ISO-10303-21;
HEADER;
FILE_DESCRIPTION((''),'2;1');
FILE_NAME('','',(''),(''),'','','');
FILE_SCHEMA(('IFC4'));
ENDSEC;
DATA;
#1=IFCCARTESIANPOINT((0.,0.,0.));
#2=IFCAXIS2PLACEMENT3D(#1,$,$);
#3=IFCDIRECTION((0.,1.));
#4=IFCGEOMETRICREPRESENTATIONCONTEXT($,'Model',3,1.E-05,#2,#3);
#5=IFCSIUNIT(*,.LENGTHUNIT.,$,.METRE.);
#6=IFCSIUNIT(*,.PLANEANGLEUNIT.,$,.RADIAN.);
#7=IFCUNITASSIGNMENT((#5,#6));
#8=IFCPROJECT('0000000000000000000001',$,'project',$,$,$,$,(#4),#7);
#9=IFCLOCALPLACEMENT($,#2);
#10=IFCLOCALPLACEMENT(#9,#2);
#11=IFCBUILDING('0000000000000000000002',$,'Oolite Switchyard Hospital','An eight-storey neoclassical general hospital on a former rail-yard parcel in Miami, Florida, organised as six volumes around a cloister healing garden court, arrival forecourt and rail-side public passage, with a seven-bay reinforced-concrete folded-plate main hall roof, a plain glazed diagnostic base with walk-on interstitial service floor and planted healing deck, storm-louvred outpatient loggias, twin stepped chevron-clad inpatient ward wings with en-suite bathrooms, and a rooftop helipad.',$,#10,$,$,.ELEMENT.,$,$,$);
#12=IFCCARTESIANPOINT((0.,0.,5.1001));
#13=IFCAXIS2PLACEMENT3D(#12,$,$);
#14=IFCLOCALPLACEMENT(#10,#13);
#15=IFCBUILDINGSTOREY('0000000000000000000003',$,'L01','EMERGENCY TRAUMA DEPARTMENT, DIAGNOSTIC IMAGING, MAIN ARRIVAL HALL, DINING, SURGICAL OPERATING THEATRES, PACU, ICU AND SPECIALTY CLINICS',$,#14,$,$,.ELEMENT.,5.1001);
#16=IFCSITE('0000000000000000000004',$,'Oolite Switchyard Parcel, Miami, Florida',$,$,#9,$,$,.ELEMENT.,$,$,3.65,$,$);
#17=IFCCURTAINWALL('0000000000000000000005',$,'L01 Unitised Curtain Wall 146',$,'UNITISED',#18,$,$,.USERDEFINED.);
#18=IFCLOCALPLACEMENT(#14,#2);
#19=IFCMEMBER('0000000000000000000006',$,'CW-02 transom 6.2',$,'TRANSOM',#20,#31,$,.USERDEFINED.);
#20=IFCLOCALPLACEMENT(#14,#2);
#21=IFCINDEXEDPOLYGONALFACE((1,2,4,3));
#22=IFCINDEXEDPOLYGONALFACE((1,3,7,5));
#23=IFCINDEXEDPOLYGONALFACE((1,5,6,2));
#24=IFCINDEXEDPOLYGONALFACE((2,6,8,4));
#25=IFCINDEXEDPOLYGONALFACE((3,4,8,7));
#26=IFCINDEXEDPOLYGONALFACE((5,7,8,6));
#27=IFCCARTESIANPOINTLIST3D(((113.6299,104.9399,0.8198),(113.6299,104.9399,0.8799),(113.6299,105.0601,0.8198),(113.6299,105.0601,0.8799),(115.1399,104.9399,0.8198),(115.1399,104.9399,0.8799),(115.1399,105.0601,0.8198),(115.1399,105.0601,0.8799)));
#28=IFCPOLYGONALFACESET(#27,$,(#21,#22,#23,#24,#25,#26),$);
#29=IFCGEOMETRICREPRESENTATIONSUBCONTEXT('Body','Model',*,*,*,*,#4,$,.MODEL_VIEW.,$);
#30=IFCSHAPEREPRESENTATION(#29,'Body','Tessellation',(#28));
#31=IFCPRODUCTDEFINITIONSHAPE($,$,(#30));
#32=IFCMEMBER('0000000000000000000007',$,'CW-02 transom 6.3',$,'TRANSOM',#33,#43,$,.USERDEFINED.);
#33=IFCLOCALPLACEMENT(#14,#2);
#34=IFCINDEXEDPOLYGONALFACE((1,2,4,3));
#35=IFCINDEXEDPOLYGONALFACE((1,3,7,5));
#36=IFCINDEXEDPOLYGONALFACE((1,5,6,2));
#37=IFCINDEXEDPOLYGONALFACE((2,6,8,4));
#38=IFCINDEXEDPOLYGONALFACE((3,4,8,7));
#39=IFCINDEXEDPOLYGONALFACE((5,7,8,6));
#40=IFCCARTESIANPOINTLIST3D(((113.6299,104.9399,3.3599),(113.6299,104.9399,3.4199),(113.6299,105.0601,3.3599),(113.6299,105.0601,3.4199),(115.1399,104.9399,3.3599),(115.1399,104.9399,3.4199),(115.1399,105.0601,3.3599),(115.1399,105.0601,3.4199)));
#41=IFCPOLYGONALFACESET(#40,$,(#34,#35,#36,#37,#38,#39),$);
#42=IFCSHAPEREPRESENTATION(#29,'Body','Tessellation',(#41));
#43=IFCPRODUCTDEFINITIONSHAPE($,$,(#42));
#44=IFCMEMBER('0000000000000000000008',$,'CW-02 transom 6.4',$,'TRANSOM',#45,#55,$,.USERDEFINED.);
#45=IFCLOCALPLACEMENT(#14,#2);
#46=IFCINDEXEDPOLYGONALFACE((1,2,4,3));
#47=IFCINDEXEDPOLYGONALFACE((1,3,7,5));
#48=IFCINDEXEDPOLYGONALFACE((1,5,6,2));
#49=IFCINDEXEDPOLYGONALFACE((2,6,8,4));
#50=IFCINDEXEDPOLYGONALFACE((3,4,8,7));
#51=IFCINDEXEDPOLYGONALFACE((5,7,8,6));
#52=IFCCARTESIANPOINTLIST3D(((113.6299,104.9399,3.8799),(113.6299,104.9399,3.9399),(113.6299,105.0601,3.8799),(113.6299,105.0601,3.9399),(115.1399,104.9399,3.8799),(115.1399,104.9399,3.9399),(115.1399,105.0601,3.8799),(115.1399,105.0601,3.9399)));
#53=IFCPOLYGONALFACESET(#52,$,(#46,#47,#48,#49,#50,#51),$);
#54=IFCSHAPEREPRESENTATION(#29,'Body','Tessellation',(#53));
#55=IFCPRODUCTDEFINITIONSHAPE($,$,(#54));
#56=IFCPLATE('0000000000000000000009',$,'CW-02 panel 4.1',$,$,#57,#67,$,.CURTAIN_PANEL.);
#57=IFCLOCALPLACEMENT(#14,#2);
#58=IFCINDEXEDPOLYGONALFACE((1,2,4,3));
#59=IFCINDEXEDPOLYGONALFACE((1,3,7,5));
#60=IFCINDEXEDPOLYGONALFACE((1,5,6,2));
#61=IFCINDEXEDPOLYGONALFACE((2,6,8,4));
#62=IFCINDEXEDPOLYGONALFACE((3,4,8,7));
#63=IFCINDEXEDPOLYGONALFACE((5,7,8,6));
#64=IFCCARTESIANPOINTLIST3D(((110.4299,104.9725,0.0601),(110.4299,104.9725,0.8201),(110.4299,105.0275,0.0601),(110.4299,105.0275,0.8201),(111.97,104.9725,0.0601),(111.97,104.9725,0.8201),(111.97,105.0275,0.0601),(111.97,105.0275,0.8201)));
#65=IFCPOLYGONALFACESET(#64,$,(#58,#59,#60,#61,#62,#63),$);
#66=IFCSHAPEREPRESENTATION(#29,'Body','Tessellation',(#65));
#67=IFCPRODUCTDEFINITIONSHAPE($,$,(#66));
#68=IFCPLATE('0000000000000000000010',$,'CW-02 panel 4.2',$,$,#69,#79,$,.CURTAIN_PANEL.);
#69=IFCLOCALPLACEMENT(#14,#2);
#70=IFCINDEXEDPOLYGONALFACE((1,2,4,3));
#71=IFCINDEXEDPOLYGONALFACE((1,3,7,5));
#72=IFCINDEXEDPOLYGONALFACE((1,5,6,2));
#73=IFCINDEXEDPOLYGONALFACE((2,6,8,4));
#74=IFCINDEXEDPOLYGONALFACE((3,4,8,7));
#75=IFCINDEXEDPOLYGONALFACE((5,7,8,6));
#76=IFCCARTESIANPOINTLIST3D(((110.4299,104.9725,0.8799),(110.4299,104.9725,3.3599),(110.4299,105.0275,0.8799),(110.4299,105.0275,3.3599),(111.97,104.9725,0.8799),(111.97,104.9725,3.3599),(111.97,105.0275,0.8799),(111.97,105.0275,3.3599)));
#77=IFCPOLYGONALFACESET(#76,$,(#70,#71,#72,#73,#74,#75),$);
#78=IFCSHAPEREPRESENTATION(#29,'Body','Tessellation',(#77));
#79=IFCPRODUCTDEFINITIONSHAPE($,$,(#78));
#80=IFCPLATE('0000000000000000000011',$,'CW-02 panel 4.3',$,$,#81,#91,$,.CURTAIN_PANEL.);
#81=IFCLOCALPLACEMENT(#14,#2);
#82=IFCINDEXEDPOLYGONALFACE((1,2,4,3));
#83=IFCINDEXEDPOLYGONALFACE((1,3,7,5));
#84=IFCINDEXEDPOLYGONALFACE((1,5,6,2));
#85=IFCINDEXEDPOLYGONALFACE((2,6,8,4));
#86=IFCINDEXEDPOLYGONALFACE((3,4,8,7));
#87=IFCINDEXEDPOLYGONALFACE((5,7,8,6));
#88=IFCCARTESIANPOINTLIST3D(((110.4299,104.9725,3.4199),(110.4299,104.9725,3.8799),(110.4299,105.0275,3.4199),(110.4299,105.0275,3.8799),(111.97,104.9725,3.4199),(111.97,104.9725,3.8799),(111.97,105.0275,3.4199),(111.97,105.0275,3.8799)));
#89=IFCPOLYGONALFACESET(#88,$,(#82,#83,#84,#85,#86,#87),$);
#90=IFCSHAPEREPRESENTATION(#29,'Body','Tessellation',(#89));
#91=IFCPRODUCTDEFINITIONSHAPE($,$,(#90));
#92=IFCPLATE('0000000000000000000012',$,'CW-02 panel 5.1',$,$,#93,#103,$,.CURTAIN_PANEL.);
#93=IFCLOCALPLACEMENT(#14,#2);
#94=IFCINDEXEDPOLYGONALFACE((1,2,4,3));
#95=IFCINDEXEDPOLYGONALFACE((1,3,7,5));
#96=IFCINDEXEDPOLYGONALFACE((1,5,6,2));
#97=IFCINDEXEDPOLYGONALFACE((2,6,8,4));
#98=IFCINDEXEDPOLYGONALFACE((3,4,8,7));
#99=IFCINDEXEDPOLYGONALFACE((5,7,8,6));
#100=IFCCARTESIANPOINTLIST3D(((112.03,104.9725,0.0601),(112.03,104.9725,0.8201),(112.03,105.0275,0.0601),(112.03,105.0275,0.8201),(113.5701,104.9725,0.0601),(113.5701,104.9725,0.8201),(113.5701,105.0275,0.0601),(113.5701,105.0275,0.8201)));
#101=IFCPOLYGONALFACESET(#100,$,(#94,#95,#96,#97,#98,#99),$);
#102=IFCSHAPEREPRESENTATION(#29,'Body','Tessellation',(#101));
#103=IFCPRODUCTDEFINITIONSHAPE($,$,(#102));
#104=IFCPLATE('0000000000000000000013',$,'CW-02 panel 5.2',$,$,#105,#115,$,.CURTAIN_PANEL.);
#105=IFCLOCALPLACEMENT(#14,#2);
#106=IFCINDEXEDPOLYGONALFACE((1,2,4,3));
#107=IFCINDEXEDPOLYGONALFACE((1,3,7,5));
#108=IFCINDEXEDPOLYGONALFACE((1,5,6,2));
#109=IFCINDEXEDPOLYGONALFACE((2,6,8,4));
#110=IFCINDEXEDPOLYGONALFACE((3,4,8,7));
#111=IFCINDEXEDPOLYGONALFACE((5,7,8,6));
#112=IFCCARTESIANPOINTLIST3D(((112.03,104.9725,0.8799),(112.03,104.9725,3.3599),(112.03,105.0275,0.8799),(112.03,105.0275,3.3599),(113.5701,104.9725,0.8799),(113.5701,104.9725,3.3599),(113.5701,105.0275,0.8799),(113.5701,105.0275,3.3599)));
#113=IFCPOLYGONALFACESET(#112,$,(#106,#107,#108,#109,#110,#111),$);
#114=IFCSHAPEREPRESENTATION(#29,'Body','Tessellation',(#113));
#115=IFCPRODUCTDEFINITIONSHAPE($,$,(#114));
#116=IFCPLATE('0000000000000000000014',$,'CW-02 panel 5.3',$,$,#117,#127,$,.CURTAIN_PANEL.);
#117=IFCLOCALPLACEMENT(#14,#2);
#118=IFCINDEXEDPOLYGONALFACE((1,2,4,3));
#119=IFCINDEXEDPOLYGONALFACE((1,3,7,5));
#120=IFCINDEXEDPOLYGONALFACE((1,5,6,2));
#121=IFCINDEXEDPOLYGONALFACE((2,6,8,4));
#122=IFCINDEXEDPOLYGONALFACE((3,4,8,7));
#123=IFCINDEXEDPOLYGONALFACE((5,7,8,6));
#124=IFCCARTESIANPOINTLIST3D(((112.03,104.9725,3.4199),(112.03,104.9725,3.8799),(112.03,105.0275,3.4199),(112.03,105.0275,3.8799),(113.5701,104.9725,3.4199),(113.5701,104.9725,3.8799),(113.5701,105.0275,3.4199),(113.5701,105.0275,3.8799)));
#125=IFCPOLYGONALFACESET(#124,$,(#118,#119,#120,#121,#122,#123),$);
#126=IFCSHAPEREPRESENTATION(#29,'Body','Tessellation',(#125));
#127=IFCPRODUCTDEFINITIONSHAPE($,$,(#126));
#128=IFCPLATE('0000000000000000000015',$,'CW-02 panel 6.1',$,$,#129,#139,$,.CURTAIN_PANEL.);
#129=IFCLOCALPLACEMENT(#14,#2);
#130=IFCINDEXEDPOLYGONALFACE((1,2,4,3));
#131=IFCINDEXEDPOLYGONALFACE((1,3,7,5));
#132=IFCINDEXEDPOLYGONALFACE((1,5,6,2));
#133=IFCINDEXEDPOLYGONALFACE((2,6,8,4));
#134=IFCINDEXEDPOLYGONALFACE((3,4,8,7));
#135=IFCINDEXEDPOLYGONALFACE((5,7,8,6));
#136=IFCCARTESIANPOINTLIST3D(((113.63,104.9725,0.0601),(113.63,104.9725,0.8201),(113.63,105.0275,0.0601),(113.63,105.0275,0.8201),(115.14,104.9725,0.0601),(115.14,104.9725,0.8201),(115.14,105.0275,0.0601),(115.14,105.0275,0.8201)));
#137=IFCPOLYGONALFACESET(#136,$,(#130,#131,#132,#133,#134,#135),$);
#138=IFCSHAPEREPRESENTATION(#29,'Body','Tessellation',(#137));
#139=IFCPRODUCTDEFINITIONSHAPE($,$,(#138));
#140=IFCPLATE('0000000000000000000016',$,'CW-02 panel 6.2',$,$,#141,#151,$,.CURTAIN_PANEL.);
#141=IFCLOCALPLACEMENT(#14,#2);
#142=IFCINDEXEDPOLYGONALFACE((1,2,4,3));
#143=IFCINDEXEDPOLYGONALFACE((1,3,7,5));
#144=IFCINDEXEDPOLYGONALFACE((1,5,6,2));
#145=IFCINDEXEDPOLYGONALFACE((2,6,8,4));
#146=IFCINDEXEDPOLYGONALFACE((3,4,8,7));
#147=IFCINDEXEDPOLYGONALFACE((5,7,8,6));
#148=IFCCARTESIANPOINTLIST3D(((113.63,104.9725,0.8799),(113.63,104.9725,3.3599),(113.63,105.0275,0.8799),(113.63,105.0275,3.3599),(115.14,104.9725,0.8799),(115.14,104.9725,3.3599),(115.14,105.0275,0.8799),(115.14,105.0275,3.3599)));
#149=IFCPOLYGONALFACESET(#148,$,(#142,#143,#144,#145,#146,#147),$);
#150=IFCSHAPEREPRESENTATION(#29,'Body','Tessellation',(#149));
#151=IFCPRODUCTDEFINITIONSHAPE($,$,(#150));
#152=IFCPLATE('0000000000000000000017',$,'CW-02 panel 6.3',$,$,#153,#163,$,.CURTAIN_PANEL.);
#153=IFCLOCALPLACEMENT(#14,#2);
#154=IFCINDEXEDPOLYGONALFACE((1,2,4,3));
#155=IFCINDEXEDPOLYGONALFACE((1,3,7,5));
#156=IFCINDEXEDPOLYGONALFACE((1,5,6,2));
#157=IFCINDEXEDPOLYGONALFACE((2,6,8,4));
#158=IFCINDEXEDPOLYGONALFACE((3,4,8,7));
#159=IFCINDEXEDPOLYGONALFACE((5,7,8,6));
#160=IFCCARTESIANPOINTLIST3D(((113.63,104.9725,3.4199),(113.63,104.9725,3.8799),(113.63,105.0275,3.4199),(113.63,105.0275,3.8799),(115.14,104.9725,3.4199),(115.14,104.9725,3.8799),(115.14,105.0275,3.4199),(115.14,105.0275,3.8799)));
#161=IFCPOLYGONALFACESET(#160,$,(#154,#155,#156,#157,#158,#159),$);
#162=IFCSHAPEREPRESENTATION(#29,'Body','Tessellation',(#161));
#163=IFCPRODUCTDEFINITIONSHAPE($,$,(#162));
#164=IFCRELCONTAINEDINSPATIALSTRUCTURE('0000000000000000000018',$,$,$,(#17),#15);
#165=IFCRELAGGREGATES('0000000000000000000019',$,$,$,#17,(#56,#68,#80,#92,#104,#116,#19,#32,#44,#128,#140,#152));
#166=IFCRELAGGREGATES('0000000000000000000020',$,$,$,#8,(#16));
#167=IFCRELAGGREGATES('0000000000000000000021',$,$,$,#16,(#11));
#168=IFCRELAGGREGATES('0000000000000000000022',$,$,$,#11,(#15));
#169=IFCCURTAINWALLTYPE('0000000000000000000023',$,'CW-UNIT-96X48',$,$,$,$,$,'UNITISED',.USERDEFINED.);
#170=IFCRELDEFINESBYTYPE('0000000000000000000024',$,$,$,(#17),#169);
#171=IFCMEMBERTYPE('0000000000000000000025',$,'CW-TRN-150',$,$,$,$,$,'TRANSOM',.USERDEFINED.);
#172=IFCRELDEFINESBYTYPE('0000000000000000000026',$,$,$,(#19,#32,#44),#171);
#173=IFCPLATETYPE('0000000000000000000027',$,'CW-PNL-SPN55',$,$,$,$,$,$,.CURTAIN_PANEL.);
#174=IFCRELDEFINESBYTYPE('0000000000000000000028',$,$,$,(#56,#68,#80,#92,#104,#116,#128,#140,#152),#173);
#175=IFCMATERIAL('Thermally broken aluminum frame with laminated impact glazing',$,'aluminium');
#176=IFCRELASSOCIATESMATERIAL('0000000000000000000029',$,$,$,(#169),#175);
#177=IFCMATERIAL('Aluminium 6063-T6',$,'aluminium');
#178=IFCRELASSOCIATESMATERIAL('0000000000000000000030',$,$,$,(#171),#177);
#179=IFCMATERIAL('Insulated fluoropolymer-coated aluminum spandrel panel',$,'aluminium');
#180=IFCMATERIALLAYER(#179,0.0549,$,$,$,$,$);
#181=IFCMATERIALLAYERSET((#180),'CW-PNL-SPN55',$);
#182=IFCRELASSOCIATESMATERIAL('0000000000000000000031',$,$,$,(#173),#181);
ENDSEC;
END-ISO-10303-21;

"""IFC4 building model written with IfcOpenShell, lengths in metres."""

from ifc_helpers import new_model, si_unit, direction, frame, origin, origin_2d, place, context, subcontext, project, spatial, rectangle, extrude, material, layer, layer_set, material_profile, profile_set, type_object, element, aggregate, save


model = new_model("IFC4")

# Units and contexts
model_context = context("Model", 3, precision=1e-05, world=origin(), true_north=direction((0.0, 1.0)))
body_context = subcontext(model_context, "Body", "Model", "MODEL_VIEW")
ifc_project = project(units=[si_unit("LENGTHUNIT", "METRE"), si_unit("PLANEANGLEUNIT", "RADIAN")], contexts=[model_context])

# Site, building, storey
site_placement = place(None, origin())
site = spatial("IfcSite", under=ifc_project, at=site_placement, Name="Oolite Switchyard Parcel, Miami, Florida", CompositionType="ELEMENT", RefElevation=3.65)
building_placement = place(site_placement, origin())
building = spatial("IfcBuilding", under=site, at=building_placement, Name="Oolite Switchyard Hospital", Description="An eight-storey neoclassical general hospital on a former rail-yard parcel in Miami, Florida, organised as six volumes around a cloister healing garden court, arrival forecourt and rail-side public passage, with a seven-bay reinforced-concrete folded-plate main hall roof, a plain glazed diagnostic base with walk-on interstitial service floor and planted healing deck, storm-louvred outpatient loggias, twin stepped chevron-clad inpatient ward wings with en-suite bathrooms, and a rooftop helipad.", CompositionType="ELEMENT")
storey_placement = place(building_placement, frame((0.0, 0.0, 5.1001)))
storey = spatial("IfcBuildingStorey", under=building, at=storey_placement, Name="L01", Description="EMERGENCY TRAUMA DEPARTMENT, DIAGNOSTIC IMAGING, MAIN ARRIVAL HALL, DINING, SURGICAL OPERATING THEATRES, PACU, ICU AND SPECIALTY CLINICS", CompositionType="ELEMENT", Elevation=5.1001)

# Curtain wall
ifc_material_1 = material(Name="Thermally broken aluminum frame with laminated impact glazing", Category="aluminium")
curtain_wall_type_1 = type_object("IfcCurtainWallType", Name="CW-UNIT-96X48", ElementType="UNITISED", PredefinedType="USERDEFINED", material=ifc_material_1)
curtain_wall_1_placement = place(storey_placement, origin())
curtain_wall_1 = element("IfcCurtainWall", 1, at=curtain_wall_1_placement, inside=storey, type_object=curtain_wall_type_1, Name="L01 Unitised Curtain Wall 146", ObjectType="UNITISED", PredefinedType="USERDEFINED")
ifc_material_2 = material(Name="Aluminium 6063-T6", Category="aluminium")

# Members
ifc_material_profile_1 = material_profile(ifc_material_2, rectangle(XDim=0.1201, YDim=0.0601, at=origin_2d()), Name="CWT60X120")
ifc_profile_set_1 = profile_set([ifc_material_profile_1], Name="Aluminium 6063-T6")
member_type_1 = type_object("IfcMemberType", Name="CW-TRN-150", ElementType="TRANSOM", PredefinedType="USERDEFINED", material=ifc_profile_set_1)
member_1_placement = place(storey_placement, frame((113.6299, 105.0, 0.8499), z_axis=(1.0, 0.0, 0.0), x_axis=(0.0, 1.0, 0.0)))
member_1 = element("IfcMember", 2, at=member_1_placement, type_object=member_type_1, Name="CW-02 transom 6.2", ObjectType="TRANSOM", PredefinedType="USERDEFINED", context=body_context, shape_type="SweptSolid", body=[
    extrude(rectangle(XDim=0.1201, YDim=0.0601, at=origin_2d()), origin(), (0.0, 0.0, 1.0), 1.51),
])
member_2_placement = place(storey_placement, frame((113.6299, 105.0, 3.3899), z_axis=(1.0, 0.0, 0.0), x_axis=(0.0, 1.0, 0.0)))
member_2 = element("IfcMember", 3, at=member_2_placement, type_object=member_type_1, Name="CW-02 transom 6.3", ObjectType="TRANSOM", PredefinedType="USERDEFINED", context=body_context, shape_type="SweptSolid", body=[
    extrude(rectangle(XDim=0.1201, YDim=0.0601, at=origin_2d()), origin(), (0.0, 0.0, 1.0), 1.51),
])
member_3_placement = place(storey_placement, frame((113.6299, 105.0, 3.9099), z_axis=(1.0, 0.0, 0.0), x_axis=(0.0, 1.0, 0.0)))
member_3 = element("IfcMember", 4, at=member_3_placement, type_object=member_type_1, Name="CW-02 transom 6.4", ObjectType="TRANSOM", PredefinedType="USERDEFINED", context=body_context, shape_type="SweptSolid", body=[
    extrude(rectangle(XDim=0.1201, YDim=0.0601, at=origin_2d()), origin(), (0.0, 0.0, 1.0), 1.51),
])

# Plates
ifc_material_3 = material(Name="Insulated fluoropolymer-coated aluminum spandrel panel", Category="aluminium")
ifc_layer = layer(ifc_material_3, 0.0549)
ifc_layer_set = layer_set([ifc_layer], Name="CW-PNL-SPN55")
plate_type = type_object("IfcPlateType", Name="CW-PNL-SPN55", PredefinedType="CURTAIN_PANEL", material=ifc_layer_set)
plate_1_placement = place(storey_placement, frame((111.2, 105.0, 0.0601), z_axis=(0.0, 0.0, 1.0), x_axis=(1.0, 0.0, 0.0)))
plate_1 = element("IfcPlate", 5, at=plate_1_placement, type_object=plate_type, Name="CW-02 panel 4.1", PredefinedType="CURTAIN_PANEL", context=body_context, shape_type="SweptSolid", body=[
    extrude(rectangle(XDim=1.54, YDim=0.0549, at=origin_2d()), origin(), (0.0, 0.0, 1.0), 0.76),
])
plate_2_placement = place(storey_placement, frame((111.2, 105.0, 0.8799), z_axis=(0.0, 0.0, 1.0), x_axis=(1.0, 0.0, 0.0)))
plate_2 = element("IfcPlate", 6, at=plate_2_placement, type_object=plate_type, Name="CW-02 panel 4.2", PredefinedType="CURTAIN_PANEL", context=body_context, shape_type="SweptSolid", body=[
    extrude(rectangle(XDim=1.54, YDim=0.0549, at=origin_2d()), origin(), (0.0, 0.0, 1.0), 2.48),
])
plate_3_placement = place(storey_placement, frame((111.2, 105.0, 3.4199), z_axis=(0.0, 0.0, 1.0), x_axis=(1.0, 0.0, 0.0)))
plate_3 = element("IfcPlate", 7, at=plate_3_placement, type_object=plate_type, Name="CW-02 panel 4.3", PredefinedType="CURTAIN_PANEL", context=body_context, shape_type="SweptSolid", body=[
    extrude(rectangle(XDim=1.54, YDim=0.0549, at=origin_2d()), origin(), (0.0, 0.0, 1.0), 0.46),
])
plate_4_placement = place(storey_placement, frame((112.8, 105.0, 0.0601), z_axis=(0.0, 0.0, 1.0), x_axis=(1.0, 0.0, 0.0)))
plate_4 = element("IfcPlate", 8, at=plate_4_placement, type_object=plate_type, Name="CW-02 panel 5.1", PredefinedType="CURTAIN_PANEL", context=body_context, shape_type="SweptSolid", body=[
    extrude(rectangle(XDim=1.54, YDim=0.0549, at=origin_2d()), origin(), (0.0, 0.0, 1.0), 0.76),
])
plate_5_placement = place(storey_placement, frame((112.8, 105.0, 0.8799), z_axis=(0.0, 0.0, 1.0), x_axis=(1.0, 0.0, 0.0)))
plate_5 = element("IfcPlate", 9, at=plate_5_placement, type_object=plate_type, Name="CW-02 panel 5.2", PredefinedType="CURTAIN_PANEL", context=body_context, shape_type="SweptSolid", body=[
    extrude(rectangle(XDim=1.54, YDim=0.0549, at=origin_2d()), origin(), (0.0, 0.0, 1.0), 2.48),
])
plate_6_placement = place(storey_placement, frame((112.8, 105.0, 3.4199), z_axis=(0.0, 0.0, 1.0), x_axis=(1.0, 0.0, 0.0)))
plate_6 = element("IfcPlate", 10, at=plate_6_placement, type_object=plate_type, Name="CW-02 panel 5.3", PredefinedType="CURTAIN_PANEL", context=body_context, shape_type="SweptSolid", body=[
    extrude(rectangle(XDim=1.54, YDim=0.0549, at=origin_2d()), origin(), (0.0, 0.0, 1.0), 0.46),
])
plate_7_placement = place(storey_placement, frame((114.385, 105.0, 0.0601), z_axis=(0.0, 0.0, 1.0), x_axis=(1.0, 0.0, 0.0)))
plate_7 = element("IfcPlate", 11, at=plate_7_placement, type_object=plate_type, Name="CW-02 panel 6.1", PredefinedType="CURTAIN_PANEL", context=body_context, shape_type="SweptSolid", body=[
    extrude(rectangle(XDim=1.51, YDim=0.0549, at=origin_2d()), origin(), (0.0, 0.0, 1.0), 0.76),
])
plate_8_placement = place(storey_placement, frame((114.385, 105.0, 0.8799), z_axis=(0.0, 0.0, 1.0), x_axis=(1.0, 0.0, 0.0)))
plate_8 = element("IfcPlate", 12, at=plate_8_placement, type_object=plate_type, Name="CW-02 panel 6.2", PredefinedType="CURTAIN_PANEL", context=body_context, shape_type="SweptSolid", body=[
    extrude(rectangle(XDim=1.51, YDim=0.0549, at=origin_2d()), origin(), (0.0, 0.0, 1.0), 2.48),
])
plate_9_placement = place(storey_placement, frame((114.385, 105.0, 3.4199), z_axis=(0.0, 0.0, 1.0), x_axis=(1.0, 0.0, 0.0)))
plate_9 = element("IfcPlate", 13, at=plate_9_placement, type_object=plate_type, Name="CW-02 panel 6.3", PredefinedType="CURTAIN_PANEL", context=body_context, shape_type="SweptSolid", body=[
    extrude(rectangle(XDim=1.51, YDim=0.0549, at=origin_2d()), origin(), (0.0, 0.0, 1.0), 0.46),
])
aggregate(curtain_wall_1, [plate_1, plate_2, plate_3, plate_4, plate_5, plate_6, member_1, member_2, member_3, plate_7, plate_8, plate_9])

save(model, "model.ifc")
